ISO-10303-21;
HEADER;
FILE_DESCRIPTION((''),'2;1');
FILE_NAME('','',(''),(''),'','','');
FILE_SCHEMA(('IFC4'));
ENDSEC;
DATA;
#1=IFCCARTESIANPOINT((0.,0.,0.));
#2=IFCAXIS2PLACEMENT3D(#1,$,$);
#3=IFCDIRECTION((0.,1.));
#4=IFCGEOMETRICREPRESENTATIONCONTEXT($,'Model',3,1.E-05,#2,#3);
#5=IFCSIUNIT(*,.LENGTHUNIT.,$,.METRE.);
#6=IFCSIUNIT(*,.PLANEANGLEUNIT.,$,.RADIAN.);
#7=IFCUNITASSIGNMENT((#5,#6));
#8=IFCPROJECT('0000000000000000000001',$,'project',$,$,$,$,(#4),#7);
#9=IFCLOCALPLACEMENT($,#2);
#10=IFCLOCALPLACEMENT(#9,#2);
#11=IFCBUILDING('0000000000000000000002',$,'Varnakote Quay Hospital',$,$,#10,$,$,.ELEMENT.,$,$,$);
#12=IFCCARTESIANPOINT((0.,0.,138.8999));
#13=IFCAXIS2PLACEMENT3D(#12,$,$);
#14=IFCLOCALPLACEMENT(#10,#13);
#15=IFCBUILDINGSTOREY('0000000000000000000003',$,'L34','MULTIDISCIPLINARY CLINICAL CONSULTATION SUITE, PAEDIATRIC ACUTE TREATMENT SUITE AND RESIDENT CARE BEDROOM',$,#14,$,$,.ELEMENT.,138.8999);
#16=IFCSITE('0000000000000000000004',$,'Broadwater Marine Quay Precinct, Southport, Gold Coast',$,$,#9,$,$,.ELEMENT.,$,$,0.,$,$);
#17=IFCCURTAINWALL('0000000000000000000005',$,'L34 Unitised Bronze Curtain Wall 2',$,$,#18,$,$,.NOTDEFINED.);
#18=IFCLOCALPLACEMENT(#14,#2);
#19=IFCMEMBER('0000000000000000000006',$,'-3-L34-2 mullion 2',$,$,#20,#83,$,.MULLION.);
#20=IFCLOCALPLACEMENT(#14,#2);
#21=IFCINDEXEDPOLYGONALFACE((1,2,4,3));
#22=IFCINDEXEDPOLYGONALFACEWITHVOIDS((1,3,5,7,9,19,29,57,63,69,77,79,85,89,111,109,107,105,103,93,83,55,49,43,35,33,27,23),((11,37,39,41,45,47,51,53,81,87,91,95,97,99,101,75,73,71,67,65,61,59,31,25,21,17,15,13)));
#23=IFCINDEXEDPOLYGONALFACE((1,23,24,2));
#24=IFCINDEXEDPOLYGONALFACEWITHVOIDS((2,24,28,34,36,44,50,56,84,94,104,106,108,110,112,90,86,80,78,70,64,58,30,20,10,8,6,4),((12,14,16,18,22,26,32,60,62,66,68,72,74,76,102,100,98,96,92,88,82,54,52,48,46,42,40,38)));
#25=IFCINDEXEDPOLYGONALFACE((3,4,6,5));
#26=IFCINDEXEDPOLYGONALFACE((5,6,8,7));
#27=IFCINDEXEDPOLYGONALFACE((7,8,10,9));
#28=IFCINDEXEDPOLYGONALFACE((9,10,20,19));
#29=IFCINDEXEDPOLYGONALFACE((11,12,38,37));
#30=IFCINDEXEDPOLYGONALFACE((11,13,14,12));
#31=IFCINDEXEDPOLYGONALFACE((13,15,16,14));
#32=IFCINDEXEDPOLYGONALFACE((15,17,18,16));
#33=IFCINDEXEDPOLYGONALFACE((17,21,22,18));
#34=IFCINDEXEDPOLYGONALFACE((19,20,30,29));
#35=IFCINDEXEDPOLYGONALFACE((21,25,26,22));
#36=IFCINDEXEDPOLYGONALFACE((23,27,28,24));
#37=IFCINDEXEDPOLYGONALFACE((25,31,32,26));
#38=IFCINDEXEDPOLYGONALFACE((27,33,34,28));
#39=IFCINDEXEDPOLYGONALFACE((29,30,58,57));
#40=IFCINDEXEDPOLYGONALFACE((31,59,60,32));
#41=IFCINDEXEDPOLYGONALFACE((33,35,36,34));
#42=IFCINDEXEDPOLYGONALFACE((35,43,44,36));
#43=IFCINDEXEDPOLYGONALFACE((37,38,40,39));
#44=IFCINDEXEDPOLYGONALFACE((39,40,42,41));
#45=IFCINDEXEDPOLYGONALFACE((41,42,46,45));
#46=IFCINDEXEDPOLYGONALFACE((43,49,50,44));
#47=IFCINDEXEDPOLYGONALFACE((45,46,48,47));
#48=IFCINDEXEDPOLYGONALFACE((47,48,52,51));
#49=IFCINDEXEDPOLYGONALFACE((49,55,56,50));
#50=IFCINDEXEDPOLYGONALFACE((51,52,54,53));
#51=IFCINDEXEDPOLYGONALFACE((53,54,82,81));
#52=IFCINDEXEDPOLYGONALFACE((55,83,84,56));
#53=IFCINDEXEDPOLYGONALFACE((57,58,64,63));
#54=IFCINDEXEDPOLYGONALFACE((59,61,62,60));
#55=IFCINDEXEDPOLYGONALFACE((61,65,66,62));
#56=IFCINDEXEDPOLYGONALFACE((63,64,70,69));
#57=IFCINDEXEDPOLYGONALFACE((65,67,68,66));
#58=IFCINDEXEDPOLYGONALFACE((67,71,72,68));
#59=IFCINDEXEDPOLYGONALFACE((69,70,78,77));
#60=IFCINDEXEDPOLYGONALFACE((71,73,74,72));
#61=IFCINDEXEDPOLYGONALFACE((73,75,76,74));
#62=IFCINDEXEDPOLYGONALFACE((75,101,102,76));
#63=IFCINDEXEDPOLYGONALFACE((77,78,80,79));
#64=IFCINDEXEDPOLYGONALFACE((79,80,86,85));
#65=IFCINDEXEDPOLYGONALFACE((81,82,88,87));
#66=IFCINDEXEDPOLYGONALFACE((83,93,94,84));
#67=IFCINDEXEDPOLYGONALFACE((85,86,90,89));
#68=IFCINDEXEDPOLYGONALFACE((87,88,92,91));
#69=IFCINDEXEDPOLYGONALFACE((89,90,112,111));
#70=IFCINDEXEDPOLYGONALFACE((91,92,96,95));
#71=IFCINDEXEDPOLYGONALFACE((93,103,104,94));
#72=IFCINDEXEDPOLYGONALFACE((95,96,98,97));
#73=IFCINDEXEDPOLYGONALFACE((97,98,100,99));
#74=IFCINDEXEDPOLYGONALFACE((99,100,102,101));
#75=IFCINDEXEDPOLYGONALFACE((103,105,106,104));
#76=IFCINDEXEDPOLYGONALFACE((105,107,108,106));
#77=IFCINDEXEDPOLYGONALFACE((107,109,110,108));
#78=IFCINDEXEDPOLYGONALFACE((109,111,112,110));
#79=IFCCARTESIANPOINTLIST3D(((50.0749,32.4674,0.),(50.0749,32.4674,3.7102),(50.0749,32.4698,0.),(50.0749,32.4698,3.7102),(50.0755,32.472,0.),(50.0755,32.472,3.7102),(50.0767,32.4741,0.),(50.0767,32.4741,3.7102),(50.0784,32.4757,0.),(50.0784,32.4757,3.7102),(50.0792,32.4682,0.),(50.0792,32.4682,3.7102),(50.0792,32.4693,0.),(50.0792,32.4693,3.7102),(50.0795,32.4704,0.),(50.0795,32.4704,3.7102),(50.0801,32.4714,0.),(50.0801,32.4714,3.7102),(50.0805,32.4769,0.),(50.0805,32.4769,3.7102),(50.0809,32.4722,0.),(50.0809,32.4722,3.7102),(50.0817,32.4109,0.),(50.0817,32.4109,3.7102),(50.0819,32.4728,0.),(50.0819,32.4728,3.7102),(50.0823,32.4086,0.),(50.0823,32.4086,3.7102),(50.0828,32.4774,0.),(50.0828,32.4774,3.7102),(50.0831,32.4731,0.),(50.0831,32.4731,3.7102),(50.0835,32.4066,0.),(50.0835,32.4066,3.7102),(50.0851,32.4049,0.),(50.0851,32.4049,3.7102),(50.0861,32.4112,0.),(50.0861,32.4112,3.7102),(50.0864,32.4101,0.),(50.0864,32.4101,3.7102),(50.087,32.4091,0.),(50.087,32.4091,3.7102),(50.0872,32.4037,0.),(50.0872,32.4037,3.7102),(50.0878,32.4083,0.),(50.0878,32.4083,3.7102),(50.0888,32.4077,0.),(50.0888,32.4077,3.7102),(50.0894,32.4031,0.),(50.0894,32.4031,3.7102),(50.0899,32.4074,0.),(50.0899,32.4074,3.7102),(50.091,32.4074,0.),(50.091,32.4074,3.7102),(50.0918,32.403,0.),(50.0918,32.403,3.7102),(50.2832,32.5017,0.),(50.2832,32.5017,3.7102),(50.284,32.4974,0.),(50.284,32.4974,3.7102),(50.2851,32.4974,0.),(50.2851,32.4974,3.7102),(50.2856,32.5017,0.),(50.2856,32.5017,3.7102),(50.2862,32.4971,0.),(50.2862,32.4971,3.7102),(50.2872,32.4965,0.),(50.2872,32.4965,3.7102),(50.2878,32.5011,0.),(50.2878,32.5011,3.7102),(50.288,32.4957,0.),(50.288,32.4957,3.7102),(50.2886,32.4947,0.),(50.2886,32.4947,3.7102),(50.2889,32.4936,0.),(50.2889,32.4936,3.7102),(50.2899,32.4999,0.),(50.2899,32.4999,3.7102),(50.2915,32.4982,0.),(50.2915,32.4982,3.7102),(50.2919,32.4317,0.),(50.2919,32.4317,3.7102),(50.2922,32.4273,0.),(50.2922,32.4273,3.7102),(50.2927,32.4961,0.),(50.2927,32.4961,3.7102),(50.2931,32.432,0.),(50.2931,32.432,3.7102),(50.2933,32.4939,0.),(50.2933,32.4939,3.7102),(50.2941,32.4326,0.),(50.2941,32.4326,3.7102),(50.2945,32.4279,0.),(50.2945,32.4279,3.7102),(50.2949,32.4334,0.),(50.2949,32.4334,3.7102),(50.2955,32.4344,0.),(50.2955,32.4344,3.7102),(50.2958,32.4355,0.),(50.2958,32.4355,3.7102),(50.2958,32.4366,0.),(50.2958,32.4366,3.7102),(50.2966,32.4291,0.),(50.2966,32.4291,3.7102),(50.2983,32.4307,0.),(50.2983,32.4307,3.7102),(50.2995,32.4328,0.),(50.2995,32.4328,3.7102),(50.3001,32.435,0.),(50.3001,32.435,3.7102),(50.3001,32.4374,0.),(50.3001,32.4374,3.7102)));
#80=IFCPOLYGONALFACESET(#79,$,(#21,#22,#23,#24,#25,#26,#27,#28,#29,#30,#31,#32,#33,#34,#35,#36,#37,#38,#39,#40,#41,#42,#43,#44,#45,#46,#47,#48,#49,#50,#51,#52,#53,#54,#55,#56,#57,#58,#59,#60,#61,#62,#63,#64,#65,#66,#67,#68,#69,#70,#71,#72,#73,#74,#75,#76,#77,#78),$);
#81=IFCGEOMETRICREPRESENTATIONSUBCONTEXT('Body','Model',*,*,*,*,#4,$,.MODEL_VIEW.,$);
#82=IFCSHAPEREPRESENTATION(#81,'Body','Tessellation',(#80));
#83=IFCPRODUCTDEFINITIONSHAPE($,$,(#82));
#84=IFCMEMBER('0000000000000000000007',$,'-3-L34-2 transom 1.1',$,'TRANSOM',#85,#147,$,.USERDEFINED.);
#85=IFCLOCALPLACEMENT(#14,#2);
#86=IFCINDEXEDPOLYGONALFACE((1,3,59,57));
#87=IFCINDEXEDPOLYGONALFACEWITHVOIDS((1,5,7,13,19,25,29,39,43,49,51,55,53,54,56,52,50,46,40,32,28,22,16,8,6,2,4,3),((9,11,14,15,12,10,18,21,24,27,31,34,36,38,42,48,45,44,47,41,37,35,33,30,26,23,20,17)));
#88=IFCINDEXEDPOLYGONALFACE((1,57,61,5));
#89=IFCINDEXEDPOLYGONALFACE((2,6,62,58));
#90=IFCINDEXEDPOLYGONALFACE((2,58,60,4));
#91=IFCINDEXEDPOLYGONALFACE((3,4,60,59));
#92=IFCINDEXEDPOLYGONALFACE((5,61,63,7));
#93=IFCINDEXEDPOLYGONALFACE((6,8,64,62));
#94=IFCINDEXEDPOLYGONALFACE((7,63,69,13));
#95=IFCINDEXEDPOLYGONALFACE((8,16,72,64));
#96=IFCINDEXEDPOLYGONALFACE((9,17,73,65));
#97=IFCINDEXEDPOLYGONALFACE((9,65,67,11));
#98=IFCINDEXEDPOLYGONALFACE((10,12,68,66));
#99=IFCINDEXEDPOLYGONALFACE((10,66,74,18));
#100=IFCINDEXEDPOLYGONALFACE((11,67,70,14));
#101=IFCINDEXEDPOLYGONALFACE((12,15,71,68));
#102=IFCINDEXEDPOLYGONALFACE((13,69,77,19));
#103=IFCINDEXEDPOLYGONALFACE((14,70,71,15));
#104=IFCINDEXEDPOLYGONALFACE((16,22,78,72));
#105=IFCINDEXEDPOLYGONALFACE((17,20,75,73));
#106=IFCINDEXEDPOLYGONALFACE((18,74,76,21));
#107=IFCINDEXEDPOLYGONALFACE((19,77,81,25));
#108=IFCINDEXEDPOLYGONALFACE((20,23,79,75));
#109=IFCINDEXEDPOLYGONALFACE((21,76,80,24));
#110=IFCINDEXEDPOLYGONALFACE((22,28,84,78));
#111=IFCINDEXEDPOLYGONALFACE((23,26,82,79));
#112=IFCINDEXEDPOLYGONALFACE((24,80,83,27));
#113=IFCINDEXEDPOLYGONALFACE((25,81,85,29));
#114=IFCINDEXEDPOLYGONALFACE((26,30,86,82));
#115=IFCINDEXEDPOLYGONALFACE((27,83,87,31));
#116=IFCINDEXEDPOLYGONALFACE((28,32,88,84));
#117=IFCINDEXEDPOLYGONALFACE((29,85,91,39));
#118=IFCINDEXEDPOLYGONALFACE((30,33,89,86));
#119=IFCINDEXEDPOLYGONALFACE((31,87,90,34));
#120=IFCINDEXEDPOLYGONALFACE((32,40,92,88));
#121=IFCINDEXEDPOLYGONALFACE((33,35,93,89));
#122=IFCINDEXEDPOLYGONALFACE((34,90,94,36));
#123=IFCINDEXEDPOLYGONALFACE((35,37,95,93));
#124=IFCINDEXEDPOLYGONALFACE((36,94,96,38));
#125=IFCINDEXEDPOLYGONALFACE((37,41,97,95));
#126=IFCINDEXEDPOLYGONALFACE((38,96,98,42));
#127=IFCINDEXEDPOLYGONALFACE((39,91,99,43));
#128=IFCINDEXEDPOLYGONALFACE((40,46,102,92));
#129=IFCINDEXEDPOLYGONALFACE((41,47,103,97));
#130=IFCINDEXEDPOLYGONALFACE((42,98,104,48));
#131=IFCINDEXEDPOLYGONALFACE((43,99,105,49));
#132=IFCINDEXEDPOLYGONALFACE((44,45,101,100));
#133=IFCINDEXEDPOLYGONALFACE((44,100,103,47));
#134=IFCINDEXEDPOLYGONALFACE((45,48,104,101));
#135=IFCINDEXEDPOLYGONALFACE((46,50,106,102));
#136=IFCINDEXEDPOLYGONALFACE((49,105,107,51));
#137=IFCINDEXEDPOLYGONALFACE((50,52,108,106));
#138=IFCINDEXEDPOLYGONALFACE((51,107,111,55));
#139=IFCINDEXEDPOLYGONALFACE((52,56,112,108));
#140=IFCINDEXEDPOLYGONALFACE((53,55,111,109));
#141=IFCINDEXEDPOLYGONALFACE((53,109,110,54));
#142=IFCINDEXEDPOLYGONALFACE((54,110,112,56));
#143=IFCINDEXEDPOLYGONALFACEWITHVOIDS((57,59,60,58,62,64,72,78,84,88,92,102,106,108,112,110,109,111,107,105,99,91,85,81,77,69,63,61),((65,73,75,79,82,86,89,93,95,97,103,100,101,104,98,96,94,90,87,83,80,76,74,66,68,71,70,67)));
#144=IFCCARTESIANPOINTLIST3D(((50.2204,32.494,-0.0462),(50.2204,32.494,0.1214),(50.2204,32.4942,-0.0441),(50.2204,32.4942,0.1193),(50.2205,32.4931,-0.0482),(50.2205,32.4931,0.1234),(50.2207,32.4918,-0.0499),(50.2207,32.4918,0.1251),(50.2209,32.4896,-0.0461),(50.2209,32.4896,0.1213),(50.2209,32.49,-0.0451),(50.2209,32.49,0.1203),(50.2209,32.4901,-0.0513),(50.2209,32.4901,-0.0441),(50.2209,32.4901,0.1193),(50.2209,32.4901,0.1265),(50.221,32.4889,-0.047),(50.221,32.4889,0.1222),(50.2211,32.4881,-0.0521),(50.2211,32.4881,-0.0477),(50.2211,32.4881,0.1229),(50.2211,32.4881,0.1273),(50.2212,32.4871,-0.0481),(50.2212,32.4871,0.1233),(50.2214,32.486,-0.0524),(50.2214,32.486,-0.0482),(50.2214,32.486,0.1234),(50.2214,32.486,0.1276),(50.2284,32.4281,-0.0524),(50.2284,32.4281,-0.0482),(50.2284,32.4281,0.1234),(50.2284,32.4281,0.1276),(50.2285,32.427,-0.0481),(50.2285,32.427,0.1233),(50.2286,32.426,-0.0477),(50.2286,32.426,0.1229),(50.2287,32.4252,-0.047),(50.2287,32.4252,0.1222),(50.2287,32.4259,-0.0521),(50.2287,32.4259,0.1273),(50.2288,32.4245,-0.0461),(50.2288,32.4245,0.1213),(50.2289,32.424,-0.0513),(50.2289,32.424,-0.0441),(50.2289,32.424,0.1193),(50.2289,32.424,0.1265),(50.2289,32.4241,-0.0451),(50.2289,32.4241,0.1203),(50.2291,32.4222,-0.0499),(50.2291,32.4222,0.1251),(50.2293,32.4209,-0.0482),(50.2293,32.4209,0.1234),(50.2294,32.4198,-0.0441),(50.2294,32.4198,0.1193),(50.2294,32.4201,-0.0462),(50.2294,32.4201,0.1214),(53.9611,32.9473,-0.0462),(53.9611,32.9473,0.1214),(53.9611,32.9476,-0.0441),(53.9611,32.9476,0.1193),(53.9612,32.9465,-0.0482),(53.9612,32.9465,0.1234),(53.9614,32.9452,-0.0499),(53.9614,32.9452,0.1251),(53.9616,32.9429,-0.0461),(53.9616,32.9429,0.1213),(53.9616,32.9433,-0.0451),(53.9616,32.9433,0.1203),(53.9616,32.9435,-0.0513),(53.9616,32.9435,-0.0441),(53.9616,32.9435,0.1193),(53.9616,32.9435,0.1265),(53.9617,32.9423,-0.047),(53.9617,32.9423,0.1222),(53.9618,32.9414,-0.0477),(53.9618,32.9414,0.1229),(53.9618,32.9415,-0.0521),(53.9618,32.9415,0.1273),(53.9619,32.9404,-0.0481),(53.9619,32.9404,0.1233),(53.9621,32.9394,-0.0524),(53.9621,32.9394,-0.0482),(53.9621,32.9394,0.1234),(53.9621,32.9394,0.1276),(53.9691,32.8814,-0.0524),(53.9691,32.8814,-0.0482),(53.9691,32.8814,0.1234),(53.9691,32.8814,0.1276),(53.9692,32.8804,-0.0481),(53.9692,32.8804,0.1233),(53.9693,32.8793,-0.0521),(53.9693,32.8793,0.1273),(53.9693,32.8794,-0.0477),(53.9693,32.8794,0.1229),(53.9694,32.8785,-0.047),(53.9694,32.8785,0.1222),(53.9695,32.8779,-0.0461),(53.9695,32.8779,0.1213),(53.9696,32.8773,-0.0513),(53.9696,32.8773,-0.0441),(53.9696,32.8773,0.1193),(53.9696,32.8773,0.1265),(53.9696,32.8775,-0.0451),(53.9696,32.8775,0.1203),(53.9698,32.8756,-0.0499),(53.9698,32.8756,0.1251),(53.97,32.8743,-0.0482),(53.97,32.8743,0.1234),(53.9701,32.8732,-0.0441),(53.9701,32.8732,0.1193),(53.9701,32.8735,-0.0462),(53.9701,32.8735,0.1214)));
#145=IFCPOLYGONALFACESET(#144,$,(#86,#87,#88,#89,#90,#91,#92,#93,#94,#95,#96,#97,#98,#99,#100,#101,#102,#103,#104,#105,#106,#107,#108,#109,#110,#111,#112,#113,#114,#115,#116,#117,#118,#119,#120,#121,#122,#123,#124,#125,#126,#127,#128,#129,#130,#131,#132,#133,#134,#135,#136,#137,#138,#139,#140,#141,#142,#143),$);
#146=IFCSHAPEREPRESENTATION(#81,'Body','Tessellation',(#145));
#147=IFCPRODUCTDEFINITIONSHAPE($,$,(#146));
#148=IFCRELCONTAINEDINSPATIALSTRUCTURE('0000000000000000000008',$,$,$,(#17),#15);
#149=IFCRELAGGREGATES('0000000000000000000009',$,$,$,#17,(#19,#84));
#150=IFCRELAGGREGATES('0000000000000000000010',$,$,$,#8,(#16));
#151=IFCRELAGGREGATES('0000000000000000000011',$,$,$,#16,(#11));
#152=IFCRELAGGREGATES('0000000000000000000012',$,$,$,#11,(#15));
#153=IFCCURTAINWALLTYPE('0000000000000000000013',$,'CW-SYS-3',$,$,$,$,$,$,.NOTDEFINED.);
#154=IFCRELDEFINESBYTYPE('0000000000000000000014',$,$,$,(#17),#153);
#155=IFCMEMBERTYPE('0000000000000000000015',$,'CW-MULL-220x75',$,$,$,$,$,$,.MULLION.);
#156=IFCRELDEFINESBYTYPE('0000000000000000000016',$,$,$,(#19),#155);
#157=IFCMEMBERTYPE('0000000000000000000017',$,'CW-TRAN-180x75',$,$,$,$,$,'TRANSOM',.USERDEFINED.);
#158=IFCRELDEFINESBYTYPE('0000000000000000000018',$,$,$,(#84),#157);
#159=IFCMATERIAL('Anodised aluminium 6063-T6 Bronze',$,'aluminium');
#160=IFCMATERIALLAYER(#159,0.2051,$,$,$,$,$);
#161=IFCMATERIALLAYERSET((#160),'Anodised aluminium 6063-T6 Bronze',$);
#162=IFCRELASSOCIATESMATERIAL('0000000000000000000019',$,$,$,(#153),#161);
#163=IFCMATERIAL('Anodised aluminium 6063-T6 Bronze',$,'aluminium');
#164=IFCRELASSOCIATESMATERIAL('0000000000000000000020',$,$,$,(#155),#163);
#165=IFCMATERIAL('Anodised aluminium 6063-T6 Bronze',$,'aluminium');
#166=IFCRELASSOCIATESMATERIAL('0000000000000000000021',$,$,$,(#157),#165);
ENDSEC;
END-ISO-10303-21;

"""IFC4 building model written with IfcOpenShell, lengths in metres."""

from ifc_helpers import new_model, si_unit, direction, frame, origin, origin_2d, place, context, subcontext, project, spatial, hollow_rectangle, extrude, material, layer, layer_set, material_profile, profile_set, type_object, element, aggregate, save


model = new_model("IFC4")

# Units and contexts
model_context = context("Model", 3, precision=1e-05, world=origin(), true_north=direction((0.0, 1.0)))
body_context = subcontext(model_context, "Body", "Model", "MODEL_VIEW")
ifc_project = project(units=[si_unit("LENGTHUNIT", "METRE"), si_unit("PLANEANGLEUNIT", "RADIAN")], contexts=[model_context])

# Site, building, storey
site_placement = place(None, origin())
site = spatial("IfcSite", under=ifc_project, at=site_placement, Name="Broadwater Marine Quay Precinct, Southport, Gold Coast", CompositionType="ELEMENT", RefElevation=0.0)
building_placement = place(site_placement, origin())
building = spatial("IfcBuilding", under=site, at=building_placement, Name="Varnakote Quay Hospital", CompositionType="ELEMENT")
storey_placement = place(building_placement, frame((0.0, 0.0, 138.8999)))
storey = spatial("IfcBuildingStorey", under=building, at=storey_placement, Name="L34", Description="MULTIDISCIPLINARY CLINICAL CONSULTATION SUITE, PAEDIATRIC ACUTE TREATMENT SUITE AND RESIDENT CARE BEDROOM", CompositionType="ELEMENT", Elevation=138.8999)

# Shared definitions
ifc_material_1 = material(Name="Anodised aluminium 6063-T6 Bronze", Category="aluminium")
ifc_layer_1 = layer(ifc_material_1, 0.2051)
ifc_layer_set_1 = layer_set([ifc_layer_1], Name="Anodised aluminium 6063-T6 Bronze")
curtain_wall_type = type_object("IfcCurtainWallType", Name="CW-SYS-3", PredefinedType="NOTDEFINED", material=ifc_layer_set_1)
ifc_material_2 = material(Name="Anodised aluminium 6063-T6 Bronze", Category="aluminium")
ifc_material_profile_1 = material_profile(ifc_material_2, hollow_rectangle(XDim=0.075, YDim=0.22, WallThickness=0.0044, InnerFilletRadius=0.0044, OuterFilletRadius=0.009, at=origin_2d()), Name="CW-MULL-220x75")
ifc_profile_set_1 = profile_set([ifc_material_profile_1], Name="Anodised aluminium 6063-T6 Bronze")
member_type_1 = type_object("IfcMemberType", Name="CW-MULL-220x75", PredefinedType="MULLION", material=ifc_profile_set_1)

# Curtain wall, members
curtain_wall_1_placement = place(storey_placement, origin())
curtain_wall_1 = element("IfcCurtainWall", 1, at=curtain_wall_1_placement, inside=storey, type_object=curtain_wall_type, Name="L34 Unitised Bronze Curtain Wall 2", PredefinedType="NOTDEFINED")
member_1_placement = place(storey_placement, frame((50.1875, 32.4524, 0.0), z_axis=(0.0, 0.0, 1.0), x_axis=(0.120327, -0.992734, 0.0)))
member_1 = element("IfcMember", 2, at=member_1_placement, type_object=member_type_1, Name="-3-L34-2 mullion 2", PredefinedType="MULLION", context=body_context, shape_type="SweptSolid", body=[
    extrude(hollow_rectangle(XDim=0.075, YDim=0.22, WallThickness=0.0044, InnerFilletRadius=0.0044, OuterFilletRadius=0.009, at=origin_2d()), origin(), (0.0, 0.0, 1.0), 3.7102),
])
ifc_material_3 = material(Name="Anodised aluminium 6063-T6 Bronze", Category="aluminium")
ifc_material_profile_2 = material_profile(ifc_material_3, hollow_rectangle(XDim=0.075, YDim=0.1799, WallThickness=0.0042, InnerFilletRadius=0.0042, OuterFilletRadius=0.0083, at=origin_2d()), Name="CW-TRAN-180x75")
ifc_profile_set_2 = profile_set([ifc_material_profile_2], Name="Anodised aluminium 6063-T6 Bronze")
member_type_2 = type_object("IfcMemberType", Name="CW-TRAN-180x75", ElementType="TRANSOM", PredefinedType="USERDEFINED", material=ifc_profile_set_2)
member_2_placement = place(storey_placement, frame((53.9656, 32.9104, 0.0376), z_axis=(-0.992735, -0.120318, 0.0), x_axis=(0.120318, -0.992735, 0.0)))
member_2 = element("IfcMember", 3, at=member_2_placement, type_object=member_type_2, Name="-3-L34-2 transom 1.1", ObjectType="TRANSOM", PredefinedType="USERDEFINED", context=body_context, shape_type="SweptSolid", body=[
    extrude(hollow_rectangle(XDim=0.075, YDim=0.1799, WallThickness=0.0042, InnerFilletRadius=0.0042, OuterFilletRadius=0.0083, at=origin_2d()), origin(), (0.0, 0.0, 1.0), 3.7681),
])

aggregate(curtain_wall_1, [member_1, member_2])

save(model, "model.ifc")
